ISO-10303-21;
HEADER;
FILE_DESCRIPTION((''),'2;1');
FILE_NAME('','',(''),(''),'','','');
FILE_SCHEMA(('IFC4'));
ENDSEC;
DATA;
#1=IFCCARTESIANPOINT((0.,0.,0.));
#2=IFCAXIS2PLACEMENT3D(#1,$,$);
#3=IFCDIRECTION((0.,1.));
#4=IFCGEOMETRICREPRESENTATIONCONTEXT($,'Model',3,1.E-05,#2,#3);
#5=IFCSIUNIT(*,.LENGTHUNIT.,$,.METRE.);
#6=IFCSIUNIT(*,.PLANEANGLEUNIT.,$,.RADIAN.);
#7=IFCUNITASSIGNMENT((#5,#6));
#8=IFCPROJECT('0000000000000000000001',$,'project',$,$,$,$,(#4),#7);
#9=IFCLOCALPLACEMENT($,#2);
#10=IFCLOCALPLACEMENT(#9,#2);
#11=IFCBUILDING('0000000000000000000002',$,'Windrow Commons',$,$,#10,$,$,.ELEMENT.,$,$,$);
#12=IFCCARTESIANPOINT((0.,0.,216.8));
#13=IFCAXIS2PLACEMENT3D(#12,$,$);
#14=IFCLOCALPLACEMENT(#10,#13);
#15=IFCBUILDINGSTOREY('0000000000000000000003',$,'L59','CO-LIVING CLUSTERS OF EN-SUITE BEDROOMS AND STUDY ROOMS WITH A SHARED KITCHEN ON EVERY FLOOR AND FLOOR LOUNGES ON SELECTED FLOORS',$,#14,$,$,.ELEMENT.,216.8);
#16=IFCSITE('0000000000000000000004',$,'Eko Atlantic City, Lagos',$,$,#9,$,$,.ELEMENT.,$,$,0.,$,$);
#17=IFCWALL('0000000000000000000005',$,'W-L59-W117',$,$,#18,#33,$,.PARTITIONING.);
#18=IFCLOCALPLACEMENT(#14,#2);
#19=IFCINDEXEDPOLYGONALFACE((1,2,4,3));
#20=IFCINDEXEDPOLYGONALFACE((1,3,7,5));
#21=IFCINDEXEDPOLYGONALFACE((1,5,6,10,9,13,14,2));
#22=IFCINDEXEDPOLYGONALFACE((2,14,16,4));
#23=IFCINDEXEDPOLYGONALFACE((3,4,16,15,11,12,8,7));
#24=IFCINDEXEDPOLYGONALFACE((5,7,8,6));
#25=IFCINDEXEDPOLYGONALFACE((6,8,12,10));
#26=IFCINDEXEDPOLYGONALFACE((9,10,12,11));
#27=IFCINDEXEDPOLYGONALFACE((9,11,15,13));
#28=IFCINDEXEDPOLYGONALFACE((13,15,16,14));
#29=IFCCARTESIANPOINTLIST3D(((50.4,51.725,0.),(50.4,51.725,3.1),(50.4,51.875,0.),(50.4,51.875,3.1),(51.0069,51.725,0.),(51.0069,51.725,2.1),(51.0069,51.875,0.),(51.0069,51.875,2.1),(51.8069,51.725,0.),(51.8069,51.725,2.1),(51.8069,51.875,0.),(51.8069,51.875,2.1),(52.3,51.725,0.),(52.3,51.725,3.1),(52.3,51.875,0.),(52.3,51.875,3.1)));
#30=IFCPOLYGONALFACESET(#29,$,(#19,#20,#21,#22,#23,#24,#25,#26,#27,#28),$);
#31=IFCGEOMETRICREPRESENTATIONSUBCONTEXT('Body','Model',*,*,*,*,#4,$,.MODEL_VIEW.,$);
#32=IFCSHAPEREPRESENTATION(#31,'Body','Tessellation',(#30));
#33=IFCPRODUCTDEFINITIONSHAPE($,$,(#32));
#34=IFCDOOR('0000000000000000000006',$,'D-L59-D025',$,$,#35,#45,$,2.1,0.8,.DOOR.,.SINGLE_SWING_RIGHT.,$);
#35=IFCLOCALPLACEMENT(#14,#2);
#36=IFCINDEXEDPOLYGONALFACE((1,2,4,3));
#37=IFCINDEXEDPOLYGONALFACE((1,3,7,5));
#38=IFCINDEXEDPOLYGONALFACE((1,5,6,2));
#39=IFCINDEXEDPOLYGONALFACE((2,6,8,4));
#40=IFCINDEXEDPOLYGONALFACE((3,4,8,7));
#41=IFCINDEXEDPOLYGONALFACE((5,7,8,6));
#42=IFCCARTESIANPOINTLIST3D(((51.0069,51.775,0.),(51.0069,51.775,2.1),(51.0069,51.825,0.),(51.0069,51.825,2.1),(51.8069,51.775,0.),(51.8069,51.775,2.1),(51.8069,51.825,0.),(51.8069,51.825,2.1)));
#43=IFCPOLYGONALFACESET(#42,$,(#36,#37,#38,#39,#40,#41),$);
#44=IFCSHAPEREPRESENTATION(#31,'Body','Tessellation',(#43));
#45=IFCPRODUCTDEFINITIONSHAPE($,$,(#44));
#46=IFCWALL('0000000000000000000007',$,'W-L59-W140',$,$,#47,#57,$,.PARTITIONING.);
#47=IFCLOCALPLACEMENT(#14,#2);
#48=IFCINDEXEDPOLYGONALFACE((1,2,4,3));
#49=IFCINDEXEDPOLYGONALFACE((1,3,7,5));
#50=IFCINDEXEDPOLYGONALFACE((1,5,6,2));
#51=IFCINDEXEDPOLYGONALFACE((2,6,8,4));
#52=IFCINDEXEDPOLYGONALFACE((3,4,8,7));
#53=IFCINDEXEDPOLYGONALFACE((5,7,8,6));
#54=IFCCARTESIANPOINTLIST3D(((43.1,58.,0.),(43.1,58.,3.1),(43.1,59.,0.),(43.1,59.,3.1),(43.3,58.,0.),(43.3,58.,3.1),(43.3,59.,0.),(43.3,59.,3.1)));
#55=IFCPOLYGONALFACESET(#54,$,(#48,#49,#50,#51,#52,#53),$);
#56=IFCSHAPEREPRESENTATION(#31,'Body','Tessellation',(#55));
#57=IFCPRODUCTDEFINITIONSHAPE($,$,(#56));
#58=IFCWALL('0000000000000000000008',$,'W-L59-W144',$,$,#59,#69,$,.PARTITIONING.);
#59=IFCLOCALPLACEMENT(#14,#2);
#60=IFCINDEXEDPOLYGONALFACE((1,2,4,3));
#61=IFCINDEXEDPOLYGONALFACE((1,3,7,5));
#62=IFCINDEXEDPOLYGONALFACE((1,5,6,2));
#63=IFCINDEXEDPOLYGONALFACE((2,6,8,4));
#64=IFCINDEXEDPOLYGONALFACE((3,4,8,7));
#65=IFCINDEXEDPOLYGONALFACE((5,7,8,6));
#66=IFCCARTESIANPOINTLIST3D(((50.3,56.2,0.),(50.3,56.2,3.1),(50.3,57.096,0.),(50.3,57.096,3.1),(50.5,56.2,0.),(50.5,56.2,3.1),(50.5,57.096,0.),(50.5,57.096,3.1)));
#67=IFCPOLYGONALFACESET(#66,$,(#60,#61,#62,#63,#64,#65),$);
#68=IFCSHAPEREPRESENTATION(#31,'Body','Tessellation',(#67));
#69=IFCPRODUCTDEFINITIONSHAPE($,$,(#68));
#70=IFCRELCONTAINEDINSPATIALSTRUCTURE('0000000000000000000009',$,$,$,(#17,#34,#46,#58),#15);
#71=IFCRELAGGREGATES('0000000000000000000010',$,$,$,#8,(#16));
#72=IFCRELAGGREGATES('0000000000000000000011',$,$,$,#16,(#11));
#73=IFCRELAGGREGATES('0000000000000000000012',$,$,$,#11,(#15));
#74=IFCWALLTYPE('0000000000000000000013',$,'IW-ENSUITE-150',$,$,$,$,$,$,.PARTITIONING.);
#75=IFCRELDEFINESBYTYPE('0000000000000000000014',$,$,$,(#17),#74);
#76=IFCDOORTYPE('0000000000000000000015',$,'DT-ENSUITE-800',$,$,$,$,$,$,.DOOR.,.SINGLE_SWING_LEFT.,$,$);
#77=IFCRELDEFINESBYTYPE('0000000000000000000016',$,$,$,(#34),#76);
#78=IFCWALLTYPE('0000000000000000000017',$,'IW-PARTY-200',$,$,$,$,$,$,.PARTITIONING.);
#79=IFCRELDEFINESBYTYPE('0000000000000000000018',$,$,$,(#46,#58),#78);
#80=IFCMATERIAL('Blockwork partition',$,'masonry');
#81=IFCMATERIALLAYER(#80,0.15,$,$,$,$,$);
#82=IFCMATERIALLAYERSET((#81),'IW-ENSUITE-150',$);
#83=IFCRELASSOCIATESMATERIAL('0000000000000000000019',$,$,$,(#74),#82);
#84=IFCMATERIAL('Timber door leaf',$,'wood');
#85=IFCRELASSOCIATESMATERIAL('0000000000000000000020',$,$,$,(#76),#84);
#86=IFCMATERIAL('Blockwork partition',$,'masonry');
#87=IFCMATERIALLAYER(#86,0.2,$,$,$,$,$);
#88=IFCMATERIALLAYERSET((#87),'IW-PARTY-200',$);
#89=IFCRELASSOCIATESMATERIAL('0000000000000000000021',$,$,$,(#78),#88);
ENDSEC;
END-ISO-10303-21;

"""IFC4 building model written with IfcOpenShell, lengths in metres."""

from ifc_helpers import new_model, si_unit, direction, frame, frame_2d, origin, place, context, subcontext, project, spatial, rectangle, extrude, material, layer, layer_set, type_object, element, fill, save


model = new_model("IFC4")

# Units and contexts
model_context = context("Model", 3, precision=1e-05, world=origin(), true_north=direction((0.0, 1.0)))
body_context = subcontext(model_context, "Body", "Model", "MODEL_VIEW")
ifc_project = project(units=[si_unit("LENGTHUNIT", "METRE"), si_unit("PLANEANGLEUNIT", "RADIAN")], contexts=[model_context])

# Site, building, storey
site_placement = place(None, origin())
site = spatial("IfcSite", under=ifc_project, at=site_placement, Name="Eko Atlantic City, Lagos", CompositionType="ELEMENT", RefElevation=0.0)
building_placement = place(site_placement, origin())
building = spatial("IfcBuilding", under=site, at=building_placement, Name="Windrow Commons", CompositionType="ELEMENT")
storey_placement = place(building_placement, frame((0.0, 0.0, 216.8)))
storey = spatial("IfcBuildingStorey", under=building, at=storey_placement, Name="L59", Description="CO-LIVING CLUSTERS OF EN-SUITE BEDROOMS AND STUDY ROOMS WITH A SHARED KITCHEN ON EVERY FLOOR AND FLOOR LOUNGES ON SELECTED FLOORS", CompositionType="ELEMENT", Elevation=216.8)

# Shared definitions
ifc_material_1 = material(Name="Blockwork partition", Category="masonry")
ifc_layer_1 = layer(ifc_material_1, 0.15)
ifc_layer_set_1 = layer_set([ifc_layer_1], Name="IW-ENSUITE-150")
wall_type_1 = type_object("IfcWallType", Name="IW-ENSUITE-150", PredefinedType="PARTITIONING", material=ifc_layer_set_1)

# Wall, opening, door
ifc_material_2 = material(Name="Timber door leaf", Category="wood")
door_type_1 = type_object("IfcDoorType", Name="DT-ENSUITE-800", OperationType="SINGLE_SWING_LEFT", PredefinedType="DOOR", material=ifc_material_2)
wall_1_placement = place(storey_placement, frame((50.4, 51.8, 0.0), z_axis=(0.0, 0.0, 1.0), x_axis=(1.0, 0.0, 0.0)))
wall_1 = element("IfcWall", 1, at=wall_1_placement, inside=storey, type_object=wall_type_1, Name="W-L59-W117", PredefinedType="PARTITIONING", context=body_context, shape_type="SweptSolid", body=[
    extrude(rectangle(XDim=1.9, YDim=0.15, at=frame_2d((0.95, 0.0))), origin(), (0.0, 0.0, 1.0), 3.1),
])
opening_1_placement = place(wall_1_placement, frame((0.6069, 0.0, 0.0)))
opening_1 = element("IfcOpeningElement", 2, at=opening_1_placement, cuts=wall_1, PredefinedType="OPENING", context=body_context, shape_type="SweptSolid", body=[
    extrude(rectangle(XDim=0.8, YDim=2.1, at=frame_2d((0.4, 1.05))), frame((0.0, 0.085, 0.0), z_axis=(0.0, -1.0, 0.0), x_axis=(1.0, 0.0, 0.0)), (0.0, 0.0, 1.0), 0.17),
])
door_1_placement = place(opening_1_placement, origin())
door_1 = element("IfcDoor", 3, at=door_1_placement, inside=storey, type_object=door_type_1, Name="D-L59-D025", OperationType="SINGLE_SWING_RIGHT", OverallHeight=2.1, OverallWidth=0.8, PredefinedType="DOOR", context=body_context, shape_type="SweptSolid", body=[
    extrude(rectangle(XDim=0.8, YDim=2.1, at=frame_2d((0.4, 1.05))), frame((0.0, 0.025, 0.0), z_axis=(0.0, -1.0, 0.0), x_axis=(1.0, 0.0, 0.0)), (0.0, 0.0, 1.0), 0.05),
])
fill(opening_1, door_1)

# Walls
ifc_material_3 = material(Name="Blockwork partition", Category="masonry")
ifc_layer_2 = layer(ifc_material_3, 0.2)
ifc_layer_set_2 = layer_set([ifc_layer_2], Name="IW-PARTY-200")
wall_type_2 = type_object("IfcWallType", Name="IW-PARTY-200", PredefinedType="PARTITIONING", material=ifc_layer_set_2)
wall_2_placement = place(storey_placement, frame((43.2, 58.0, 0.0), z_axis=(0.0, 0.0, 1.0), x_axis=(0.0, 1.0, 0.0)))
element("IfcWall", 4, at=wall_2_placement, inside=storey, type_object=wall_type_2, Name="W-L59-W140", PredefinedType="PARTITIONING", context=body_context, shape_type="SweptSolid", body=[
    extrude(rectangle(XDim=1.0, YDim=0.2, at=frame_2d((0.5, 0.0))), origin(), (0.0, 0.0, 1.0), 3.1),
])
wall_3_placement = place(storey_placement, frame((50.4, 56.2, 0.0), z_axis=(0.0, 0.0, 1.0), x_axis=(0.0, 1.0, 0.0)))
element("IfcWall", 5, at=wall_3_placement, inside=storey, type_object=wall_type_2, Name="W-L59-W144", PredefinedType="PARTITIONING", context=body_context, shape_type="SweptSolid", body=[
    extrude(rectangle(XDim=0.896, YDim=0.2, at=frame_2d((0.448, 0.0))), origin(), (0.0, 0.0, 1.0), 3.1),
])

save(model, "model.ifc")
